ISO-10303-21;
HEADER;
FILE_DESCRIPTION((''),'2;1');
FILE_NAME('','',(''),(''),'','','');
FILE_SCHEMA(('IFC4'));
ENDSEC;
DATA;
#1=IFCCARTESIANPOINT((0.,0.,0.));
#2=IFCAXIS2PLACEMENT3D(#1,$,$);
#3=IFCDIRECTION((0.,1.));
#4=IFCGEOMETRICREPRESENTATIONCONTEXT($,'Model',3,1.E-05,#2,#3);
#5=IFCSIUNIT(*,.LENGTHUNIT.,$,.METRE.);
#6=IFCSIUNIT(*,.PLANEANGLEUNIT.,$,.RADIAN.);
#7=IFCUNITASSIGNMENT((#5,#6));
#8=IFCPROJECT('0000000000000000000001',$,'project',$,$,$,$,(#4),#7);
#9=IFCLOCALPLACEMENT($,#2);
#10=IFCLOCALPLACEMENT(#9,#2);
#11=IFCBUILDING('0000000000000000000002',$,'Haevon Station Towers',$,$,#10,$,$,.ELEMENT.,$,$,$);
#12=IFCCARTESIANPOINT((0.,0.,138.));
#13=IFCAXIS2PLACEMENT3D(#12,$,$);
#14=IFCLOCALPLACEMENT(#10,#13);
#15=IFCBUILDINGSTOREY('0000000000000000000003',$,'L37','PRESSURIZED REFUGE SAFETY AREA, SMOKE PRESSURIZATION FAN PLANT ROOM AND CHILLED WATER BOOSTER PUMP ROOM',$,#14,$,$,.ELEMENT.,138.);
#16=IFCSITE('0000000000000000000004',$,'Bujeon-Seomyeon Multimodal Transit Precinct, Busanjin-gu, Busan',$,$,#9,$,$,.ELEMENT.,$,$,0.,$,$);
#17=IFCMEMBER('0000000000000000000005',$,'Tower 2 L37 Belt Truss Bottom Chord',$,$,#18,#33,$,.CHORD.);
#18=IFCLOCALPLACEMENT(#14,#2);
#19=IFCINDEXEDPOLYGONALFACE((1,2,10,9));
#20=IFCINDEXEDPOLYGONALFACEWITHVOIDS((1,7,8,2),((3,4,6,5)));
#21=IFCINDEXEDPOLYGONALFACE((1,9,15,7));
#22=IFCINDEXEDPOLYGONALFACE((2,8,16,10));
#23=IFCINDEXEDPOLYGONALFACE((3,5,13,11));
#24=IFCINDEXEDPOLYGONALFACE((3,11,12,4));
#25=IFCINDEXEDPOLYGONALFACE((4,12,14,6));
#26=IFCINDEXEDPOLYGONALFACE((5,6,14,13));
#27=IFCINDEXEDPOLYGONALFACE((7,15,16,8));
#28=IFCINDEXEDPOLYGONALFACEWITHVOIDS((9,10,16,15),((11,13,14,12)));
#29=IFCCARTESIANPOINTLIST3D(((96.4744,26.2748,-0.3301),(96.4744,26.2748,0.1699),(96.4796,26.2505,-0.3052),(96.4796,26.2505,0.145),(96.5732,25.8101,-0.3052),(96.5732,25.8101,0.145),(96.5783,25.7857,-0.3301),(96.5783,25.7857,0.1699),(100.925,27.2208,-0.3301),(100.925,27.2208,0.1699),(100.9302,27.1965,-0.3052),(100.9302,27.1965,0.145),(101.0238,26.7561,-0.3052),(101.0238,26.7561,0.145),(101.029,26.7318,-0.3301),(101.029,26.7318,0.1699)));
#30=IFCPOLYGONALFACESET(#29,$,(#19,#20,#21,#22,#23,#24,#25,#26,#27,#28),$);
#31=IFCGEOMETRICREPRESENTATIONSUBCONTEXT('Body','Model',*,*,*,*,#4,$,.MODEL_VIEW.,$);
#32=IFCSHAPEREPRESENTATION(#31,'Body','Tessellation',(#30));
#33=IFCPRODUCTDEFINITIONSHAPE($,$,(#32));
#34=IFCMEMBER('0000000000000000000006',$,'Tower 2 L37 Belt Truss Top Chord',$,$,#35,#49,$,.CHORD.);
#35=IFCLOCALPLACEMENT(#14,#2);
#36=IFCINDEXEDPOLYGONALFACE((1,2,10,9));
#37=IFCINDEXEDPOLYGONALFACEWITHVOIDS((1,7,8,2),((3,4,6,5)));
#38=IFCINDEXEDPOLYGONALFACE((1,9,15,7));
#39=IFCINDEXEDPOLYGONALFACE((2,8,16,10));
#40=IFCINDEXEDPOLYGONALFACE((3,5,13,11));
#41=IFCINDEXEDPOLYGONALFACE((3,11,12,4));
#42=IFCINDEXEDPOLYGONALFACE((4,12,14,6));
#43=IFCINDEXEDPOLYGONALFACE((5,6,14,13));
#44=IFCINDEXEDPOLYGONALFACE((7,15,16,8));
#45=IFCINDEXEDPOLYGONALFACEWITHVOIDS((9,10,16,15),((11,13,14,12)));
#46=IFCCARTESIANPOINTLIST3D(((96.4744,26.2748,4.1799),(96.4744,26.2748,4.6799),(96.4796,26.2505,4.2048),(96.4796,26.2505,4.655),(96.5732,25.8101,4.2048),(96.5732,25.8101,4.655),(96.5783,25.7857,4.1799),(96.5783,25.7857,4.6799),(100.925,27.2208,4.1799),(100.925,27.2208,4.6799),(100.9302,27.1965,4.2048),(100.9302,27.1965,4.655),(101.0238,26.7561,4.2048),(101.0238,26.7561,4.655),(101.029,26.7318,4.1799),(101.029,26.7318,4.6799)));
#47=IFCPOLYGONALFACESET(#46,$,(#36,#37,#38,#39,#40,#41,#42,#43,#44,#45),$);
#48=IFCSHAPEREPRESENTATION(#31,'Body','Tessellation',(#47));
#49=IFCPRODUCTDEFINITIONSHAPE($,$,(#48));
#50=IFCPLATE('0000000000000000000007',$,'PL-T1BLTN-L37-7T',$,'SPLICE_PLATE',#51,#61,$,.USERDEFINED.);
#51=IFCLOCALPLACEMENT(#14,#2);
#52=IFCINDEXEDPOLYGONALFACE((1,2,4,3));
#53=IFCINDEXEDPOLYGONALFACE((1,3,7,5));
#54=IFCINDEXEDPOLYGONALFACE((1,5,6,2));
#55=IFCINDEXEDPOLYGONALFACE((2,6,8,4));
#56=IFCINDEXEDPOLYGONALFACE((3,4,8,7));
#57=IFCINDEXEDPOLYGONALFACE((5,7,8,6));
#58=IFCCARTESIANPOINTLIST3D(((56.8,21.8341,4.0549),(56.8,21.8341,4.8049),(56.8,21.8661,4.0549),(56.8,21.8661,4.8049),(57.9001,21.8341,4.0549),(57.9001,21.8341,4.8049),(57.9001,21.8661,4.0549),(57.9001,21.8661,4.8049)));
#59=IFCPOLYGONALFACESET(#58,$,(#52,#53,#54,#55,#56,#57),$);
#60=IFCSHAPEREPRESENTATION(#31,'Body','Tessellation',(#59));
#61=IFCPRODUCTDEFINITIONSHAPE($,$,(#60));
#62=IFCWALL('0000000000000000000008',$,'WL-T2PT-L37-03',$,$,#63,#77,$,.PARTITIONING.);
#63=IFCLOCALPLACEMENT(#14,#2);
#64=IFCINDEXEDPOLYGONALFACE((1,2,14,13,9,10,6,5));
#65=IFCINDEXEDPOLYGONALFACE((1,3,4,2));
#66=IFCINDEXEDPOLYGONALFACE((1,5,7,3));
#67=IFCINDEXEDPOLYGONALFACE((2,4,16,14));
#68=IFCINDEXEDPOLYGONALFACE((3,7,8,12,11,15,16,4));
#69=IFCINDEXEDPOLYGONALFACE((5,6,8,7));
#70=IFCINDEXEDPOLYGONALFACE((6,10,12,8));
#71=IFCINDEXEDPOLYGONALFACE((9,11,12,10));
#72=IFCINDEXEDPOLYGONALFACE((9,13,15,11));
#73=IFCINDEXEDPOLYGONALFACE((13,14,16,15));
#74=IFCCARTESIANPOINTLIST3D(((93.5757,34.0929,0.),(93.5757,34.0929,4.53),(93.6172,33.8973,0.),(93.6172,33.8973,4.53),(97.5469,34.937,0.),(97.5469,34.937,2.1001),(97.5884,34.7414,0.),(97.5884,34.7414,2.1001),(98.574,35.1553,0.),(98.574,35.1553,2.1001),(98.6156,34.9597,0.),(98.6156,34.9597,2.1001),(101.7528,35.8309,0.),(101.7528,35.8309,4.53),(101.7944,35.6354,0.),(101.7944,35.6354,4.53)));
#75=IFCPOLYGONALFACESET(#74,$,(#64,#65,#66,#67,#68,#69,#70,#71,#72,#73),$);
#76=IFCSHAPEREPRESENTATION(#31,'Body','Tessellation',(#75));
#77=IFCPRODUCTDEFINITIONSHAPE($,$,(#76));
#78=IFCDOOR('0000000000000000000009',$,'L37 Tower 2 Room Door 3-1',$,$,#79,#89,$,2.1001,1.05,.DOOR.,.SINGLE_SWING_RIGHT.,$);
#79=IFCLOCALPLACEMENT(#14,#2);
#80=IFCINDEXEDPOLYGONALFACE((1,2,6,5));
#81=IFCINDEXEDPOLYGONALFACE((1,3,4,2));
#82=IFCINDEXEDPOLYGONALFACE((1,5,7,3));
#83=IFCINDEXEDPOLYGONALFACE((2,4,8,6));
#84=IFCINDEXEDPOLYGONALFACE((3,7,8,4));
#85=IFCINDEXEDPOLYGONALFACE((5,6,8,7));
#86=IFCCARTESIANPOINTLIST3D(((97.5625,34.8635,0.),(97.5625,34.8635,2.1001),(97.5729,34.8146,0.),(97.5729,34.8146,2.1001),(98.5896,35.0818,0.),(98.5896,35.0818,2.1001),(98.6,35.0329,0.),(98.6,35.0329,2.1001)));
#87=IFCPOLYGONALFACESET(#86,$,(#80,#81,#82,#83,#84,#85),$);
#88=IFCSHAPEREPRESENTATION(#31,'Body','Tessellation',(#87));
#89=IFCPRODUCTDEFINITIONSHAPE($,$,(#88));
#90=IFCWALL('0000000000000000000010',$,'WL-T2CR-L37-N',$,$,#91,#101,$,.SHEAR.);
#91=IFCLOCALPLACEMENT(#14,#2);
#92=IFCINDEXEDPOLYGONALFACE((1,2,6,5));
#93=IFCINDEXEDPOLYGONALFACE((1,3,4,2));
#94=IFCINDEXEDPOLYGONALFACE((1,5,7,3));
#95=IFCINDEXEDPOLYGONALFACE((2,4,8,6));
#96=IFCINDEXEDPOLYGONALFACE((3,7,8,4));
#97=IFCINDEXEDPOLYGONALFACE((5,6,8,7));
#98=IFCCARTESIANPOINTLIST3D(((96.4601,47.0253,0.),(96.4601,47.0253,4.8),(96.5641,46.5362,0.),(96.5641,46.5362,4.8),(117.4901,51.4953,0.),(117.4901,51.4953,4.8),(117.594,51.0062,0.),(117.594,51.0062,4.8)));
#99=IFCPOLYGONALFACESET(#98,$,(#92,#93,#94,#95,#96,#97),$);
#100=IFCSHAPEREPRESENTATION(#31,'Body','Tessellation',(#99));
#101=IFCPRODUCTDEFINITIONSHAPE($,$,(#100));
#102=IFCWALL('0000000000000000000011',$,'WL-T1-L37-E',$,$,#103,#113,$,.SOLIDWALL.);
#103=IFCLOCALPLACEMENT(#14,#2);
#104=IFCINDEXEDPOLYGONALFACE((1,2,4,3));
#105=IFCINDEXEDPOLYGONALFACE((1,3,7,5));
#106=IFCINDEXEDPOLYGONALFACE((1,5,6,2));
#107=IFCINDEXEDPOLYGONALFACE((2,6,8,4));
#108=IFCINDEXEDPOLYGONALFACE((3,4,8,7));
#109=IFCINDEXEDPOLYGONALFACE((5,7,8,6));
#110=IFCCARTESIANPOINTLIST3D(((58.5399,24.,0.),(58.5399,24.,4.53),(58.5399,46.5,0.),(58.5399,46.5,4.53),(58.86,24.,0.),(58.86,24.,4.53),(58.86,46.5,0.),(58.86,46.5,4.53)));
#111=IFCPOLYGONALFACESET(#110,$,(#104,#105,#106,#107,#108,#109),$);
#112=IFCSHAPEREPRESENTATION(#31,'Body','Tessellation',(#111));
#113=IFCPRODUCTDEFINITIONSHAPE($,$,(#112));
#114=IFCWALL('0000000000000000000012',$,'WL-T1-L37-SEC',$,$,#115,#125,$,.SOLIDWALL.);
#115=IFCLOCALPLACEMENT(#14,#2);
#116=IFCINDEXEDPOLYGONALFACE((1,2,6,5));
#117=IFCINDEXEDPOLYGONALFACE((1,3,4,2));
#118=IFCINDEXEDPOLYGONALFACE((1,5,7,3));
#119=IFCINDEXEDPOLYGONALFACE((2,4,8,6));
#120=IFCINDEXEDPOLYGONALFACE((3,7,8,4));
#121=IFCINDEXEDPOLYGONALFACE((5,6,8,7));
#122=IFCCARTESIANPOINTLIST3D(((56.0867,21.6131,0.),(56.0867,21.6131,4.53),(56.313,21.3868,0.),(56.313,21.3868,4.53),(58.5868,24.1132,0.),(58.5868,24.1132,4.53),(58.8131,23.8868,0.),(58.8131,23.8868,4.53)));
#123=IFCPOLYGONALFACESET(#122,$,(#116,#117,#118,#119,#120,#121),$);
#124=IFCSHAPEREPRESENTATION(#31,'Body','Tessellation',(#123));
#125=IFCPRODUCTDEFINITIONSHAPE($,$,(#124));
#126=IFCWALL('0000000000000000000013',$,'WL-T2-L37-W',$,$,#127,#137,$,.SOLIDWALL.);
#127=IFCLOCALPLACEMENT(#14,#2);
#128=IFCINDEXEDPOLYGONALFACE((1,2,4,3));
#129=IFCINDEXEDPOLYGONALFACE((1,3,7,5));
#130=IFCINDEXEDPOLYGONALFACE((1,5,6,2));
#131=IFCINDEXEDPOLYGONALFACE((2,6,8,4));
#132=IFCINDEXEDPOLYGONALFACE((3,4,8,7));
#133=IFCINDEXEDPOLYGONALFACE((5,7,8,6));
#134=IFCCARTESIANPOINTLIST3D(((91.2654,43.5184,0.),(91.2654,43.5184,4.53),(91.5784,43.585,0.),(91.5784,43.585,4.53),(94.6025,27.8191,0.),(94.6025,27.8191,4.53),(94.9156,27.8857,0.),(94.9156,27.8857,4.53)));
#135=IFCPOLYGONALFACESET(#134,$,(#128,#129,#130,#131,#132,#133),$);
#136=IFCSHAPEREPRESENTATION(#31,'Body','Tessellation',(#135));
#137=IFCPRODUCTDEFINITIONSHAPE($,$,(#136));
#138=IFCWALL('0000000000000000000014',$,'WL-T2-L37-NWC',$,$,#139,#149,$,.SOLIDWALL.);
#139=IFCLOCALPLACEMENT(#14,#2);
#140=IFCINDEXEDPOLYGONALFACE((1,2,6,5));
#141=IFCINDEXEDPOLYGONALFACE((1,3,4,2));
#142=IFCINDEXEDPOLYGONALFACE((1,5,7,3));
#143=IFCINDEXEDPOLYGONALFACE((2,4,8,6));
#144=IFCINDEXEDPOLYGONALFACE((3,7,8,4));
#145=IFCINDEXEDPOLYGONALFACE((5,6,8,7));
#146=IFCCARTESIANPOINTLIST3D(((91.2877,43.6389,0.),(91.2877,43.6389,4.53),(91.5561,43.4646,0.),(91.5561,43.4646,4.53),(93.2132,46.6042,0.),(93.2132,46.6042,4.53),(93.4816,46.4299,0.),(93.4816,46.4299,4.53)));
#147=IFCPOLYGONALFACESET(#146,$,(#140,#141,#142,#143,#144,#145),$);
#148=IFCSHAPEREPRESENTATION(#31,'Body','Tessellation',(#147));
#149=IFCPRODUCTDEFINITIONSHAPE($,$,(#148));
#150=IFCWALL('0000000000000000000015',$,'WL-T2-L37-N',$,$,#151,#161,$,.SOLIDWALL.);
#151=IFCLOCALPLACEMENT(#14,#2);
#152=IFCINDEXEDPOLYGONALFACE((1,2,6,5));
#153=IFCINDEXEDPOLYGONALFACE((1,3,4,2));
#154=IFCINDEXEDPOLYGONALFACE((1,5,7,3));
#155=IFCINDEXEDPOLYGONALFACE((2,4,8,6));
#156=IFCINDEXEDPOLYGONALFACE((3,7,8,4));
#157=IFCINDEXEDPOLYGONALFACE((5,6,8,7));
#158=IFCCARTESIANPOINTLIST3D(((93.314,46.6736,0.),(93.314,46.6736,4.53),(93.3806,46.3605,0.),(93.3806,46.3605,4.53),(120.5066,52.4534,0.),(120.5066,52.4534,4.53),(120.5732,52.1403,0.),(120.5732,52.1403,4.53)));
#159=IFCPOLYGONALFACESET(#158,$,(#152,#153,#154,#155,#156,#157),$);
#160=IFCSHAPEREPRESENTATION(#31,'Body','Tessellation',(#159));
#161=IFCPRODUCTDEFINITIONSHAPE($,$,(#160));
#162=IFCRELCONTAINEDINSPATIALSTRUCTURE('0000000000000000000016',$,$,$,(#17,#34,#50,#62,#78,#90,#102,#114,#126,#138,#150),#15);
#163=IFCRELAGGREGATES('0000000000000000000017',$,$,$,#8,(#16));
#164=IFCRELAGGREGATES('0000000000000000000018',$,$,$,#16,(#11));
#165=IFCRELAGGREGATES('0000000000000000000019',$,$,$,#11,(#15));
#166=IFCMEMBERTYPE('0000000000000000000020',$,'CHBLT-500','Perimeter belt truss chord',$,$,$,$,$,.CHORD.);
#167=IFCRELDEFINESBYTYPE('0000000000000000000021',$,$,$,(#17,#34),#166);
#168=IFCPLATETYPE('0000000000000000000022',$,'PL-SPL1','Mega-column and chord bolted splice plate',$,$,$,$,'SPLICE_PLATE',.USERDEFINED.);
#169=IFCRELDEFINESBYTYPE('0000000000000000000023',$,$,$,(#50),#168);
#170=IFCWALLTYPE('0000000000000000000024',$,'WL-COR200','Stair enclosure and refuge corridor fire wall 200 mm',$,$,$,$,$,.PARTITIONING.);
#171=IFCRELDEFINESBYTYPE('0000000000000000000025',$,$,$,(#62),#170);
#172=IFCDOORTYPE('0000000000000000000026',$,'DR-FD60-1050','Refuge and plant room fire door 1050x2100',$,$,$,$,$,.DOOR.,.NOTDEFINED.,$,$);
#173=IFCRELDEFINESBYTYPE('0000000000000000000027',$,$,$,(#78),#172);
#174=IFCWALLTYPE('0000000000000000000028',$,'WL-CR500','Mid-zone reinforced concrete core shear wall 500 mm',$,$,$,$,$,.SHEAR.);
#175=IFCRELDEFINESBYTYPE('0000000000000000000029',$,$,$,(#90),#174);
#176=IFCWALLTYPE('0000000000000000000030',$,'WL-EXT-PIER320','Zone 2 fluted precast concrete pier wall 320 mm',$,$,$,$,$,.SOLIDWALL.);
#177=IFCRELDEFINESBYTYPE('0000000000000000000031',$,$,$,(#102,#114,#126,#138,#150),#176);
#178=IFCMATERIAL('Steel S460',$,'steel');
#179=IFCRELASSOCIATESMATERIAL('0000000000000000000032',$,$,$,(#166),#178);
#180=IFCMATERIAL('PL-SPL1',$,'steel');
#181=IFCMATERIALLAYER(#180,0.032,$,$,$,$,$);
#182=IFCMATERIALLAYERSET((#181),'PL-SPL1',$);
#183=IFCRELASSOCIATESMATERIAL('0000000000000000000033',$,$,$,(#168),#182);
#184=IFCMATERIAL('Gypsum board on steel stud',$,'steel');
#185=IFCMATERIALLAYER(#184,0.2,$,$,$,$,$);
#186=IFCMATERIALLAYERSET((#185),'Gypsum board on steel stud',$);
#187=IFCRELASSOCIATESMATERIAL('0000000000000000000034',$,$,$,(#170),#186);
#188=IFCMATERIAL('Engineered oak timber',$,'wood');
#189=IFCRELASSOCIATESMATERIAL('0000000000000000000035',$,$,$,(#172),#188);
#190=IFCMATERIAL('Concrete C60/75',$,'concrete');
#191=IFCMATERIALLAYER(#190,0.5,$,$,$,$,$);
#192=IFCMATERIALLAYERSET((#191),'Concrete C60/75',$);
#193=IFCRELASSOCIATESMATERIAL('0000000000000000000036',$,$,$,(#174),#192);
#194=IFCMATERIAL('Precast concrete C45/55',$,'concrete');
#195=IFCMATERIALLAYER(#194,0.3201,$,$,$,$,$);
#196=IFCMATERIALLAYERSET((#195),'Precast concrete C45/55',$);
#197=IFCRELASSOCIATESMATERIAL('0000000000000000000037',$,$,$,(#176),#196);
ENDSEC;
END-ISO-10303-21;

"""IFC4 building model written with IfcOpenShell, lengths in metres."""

from ifc_helpers import new_model, si_unit, direction, frame, frame_2d, origin, origin_2d, place, context, subcontext, project, spatial, rectangle, hollow_rectangle, extrude, material, layer, layer_set, material_profile, profile_set, type_object, element, fill, save


model = new_model("IFC4")

# Units and contexts
model_context = context("Model", 3, precision=1e-05, world=origin(), true_north=direction((0.0, 1.0)))
body_context = subcontext(model_context, "Body", "Model", "MODEL_VIEW")
ifc_project = project(units=[si_unit("LENGTHUNIT", "METRE"), si_unit("PLANEANGLEUNIT", "RADIAN")], contexts=[model_context])

# Site, building, storey
site_placement = place(None, origin())
site = spatial("IfcSite", under=ifc_project, at=site_placement, Name="Bujeon-Seomyeon Multimodal Transit Precinct, Busanjin-gu, Busan", CompositionType="ELEMENT", RefElevation=0.0)
building_placement = place(site_placement, origin())
building = spatial("IfcBuilding", under=site, at=building_placement, Name="Haevon Station Towers", CompositionType="ELEMENT")
storey_placement = place(building_placement, frame((0.0, 0.0, 138.0)))
storey = spatial("IfcBuildingStorey", under=building, at=storey_placement, Name="L37", Description="PRESSURIZED REFUGE SAFETY AREA, SMOKE PRESSURIZATION FAN PLANT ROOM AND CHILLED WATER BOOSTER PUMP ROOM", CompositionType="ELEMENT", Elevation=138.0)

# Shared definitions
ifc_material_1 = material(Name="Steel S460", Category="steel")

# Members
ifc_material_profile_1 = material_profile(ifc_material_1, hollow_rectangle(XDim=0.5, YDim=0.5, WallThickness=0.0249, at=origin_2d()), Name="RHS-500x500x25")
ifc_profile_set_1 = profile_set([ifc_material_profile_1], Name="Steel S460")
member_type_1 = type_object("IfcMemberType", Name="CHBLT-500", Description="Perimeter belt truss chord", PredefinedType="CHORD", material=ifc_profile_set_1)
for number, where, z_axis, x_axis, name in (
    (1, (96.5264, 26.0303, -0.0801), (0.978147, 0.207917, 0.0), (-0.207917, 0.978147, 0.0), "Tower 2 L37 Belt Truss Bottom Chord"),
    (2, (96.5264, 26.0303, 4.4299), (0.978147, 0.207917, 0.0), (-0.207917, 0.978147, 0.0), "Tower 2 L37 Belt Truss Top Chord"),
):
    element("IfcMember", number, at=place(storey_placement, frame(where, z_axis=z_axis, x_axis=x_axis)), inside=storey, type_object=member_type_1, Name=name, PredefinedType="CHORD", context=body_context, shape_type="SweptSolid", body=[
        extrude(hollow_rectangle(XDim=0.5, YDim=0.5, WallThickness=0.0249, at=origin_2d()), origin(), (0.0, 0.0, 1.0), 4.55),
    ])

# Plate
ifc_material_2 = material(Name="PL-SPL1", Category="steel")
ifc_layer_1 = layer(ifc_material_2, 0.032)
ifc_layer_set_1 = layer_set([ifc_layer_1], Name="PL-SPL1")
plate_type = type_object("IfcPlateType", Name="PL-SPL1", Description="Mega-column and chord bolted splice plate", ElementType="SPLICE_PLATE", PredefinedType="USERDEFINED", material=ifc_layer_set_1)
plate_placement = place(storey_placement, frame((57.3501, 21.8501, 4.0549), z_axis=(0.0, 0.0, 1.0), x_axis=(1.0, 0.0, 0.0)))
element("IfcPlate", 3, at=plate_placement, inside=storey, type_object=plate_type, Name="PL-T1BLTN-L37-7T", ObjectType="SPLICE_PLATE", PredefinedType="USERDEFINED", context=body_context, shape_type="SweptSolid", body=[
    extrude(rectangle(XDim=1.1001, YDim=0.032, at=origin_2d()), origin(), (0.0, 0.0, 1.0), 0.75),
])

# Wall, opening, door
ifc_material_3 = material(Name="Gypsum board on steel stud", Category="steel")
ifc_layer_2 = layer(ifc_material_3, 0.2)
ifc_layer_set_2 = layer_set([ifc_layer_2], Name="Gypsum board on steel stud")
wall_type_1 = type_object("IfcWallType", Name="WL-COR200", Description="Stair enclosure and refuge corridor fire wall 200 mm", PredefinedType="PARTITIONING", material=ifc_layer_set_2)
wall_1_placement = place(storey_placement, frame((93.5964, 33.9951, 0.0), z_axis=(0.0, 0.0, 1.0), x_axis=(0.97815, 0.207901, 0.0)))
wall_1 = element("IfcWall", 4, at=wall_1_placement, inside=storey, type_object=wall_type_1, Name="WL-T2PT-L37-03", PredefinedType="PARTITIONING", context=body_context, shape_type="SweptSolid", body=[
    extrude(rectangle(XDim=8.3599, YDim=0.2, at=frame_2d((4.1799, 0.0))), origin(), (0.0, 0.0, 1.0), 4.53),
])
opening_1_placement = place(wall_1_placement, frame((4.0601, 0.0, 0.0)))
opening_1 = element("IfcOpeningElement", 5, at=opening_1_placement, cuts=wall_1, PredefinedType="OPENING", context=body_context, shape_type="SweptSolid", body=[
    extrude(rectangle(XDim=1.05, YDim=2.1001, at=frame_2d((0.5249, 1.05))), frame((0.0, 0.1099, 0.0), z_axis=(0.0, -1.0, 0.0), x_axis=(1.0, 0.0, 0.0)), (0.0, 0.0, 1.0), 0.22),
])
ifc_material_4 = material(Name="Engineered oak timber", Category="wood")
door_type = type_object("IfcDoorType", Name="DR-FD60-1050", Description="Refuge and plant room fire door 1050x2100", OperationType="NOTDEFINED", PredefinedType="DOOR", material=ifc_material_4)
door_1_placement = place(opening_1_placement, origin())
door_1 = element("IfcDoor", 6, at=door_1_placement, inside=storey, type_object=door_type, Name="L37 Tower 2 Room Door 3-1", OperationType="SINGLE_SWING_RIGHT", OverallHeight=2.1001, OverallWidth=1.05, PredefinedType="DOOR", context=body_context, shape_type="SweptSolid", body=[
    extrude(rectangle(XDim=1.05, YDim=2.1001, at=frame_2d((0.5249, 1.05))), frame((0.0, 0.0249, 0.0), z_axis=(0.0, -1.0, 0.0), x_axis=(1.0, 0.0, 0.0)), (0.0, 0.0, 1.0), 0.05),
])
fill(opening_1, door_1)

# Walls
ifc_material_5 = material(Name="Concrete C60/75", Category="concrete")
ifc_layer_3 = layer(ifc_material_5, 0.5)
ifc_layer_set_3 = layer_set([ifc_layer_3], Name="Concrete C60/75")
wall_type_2 = type_object("IfcWallType", Name="WL-CR500", Description="Mid-zone reinforced concrete core shear wall 500 mm", PredefinedType="SHEAR", material=ifc_layer_set_3)
wall_2_placement = place(storey_placement, frame((96.512, 46.7808, 0.0), z_axis=(0.0, 0.0, 1.0), x_axis=(0.978149, 0.207907, 0.0)))
element("IfcWall", 7, at=wall_2_placement, inside=storey, type_object=wall_type_2, Name="WL-T2CR-L37-N", PredefinedType="SHEAR", context=body_context, shape_type="SweptSolid", body=[
    extrude(rectangle(XDim=21.4998, YDim=0.5, at=frame_2d((10.75, 0.0))), origin(), (0.0, 0.0, 1.0), 4.8),
])
ifc_material_6 = material(Name="Precast concrete C45/55", Category="concrete")
ifc_layer_4 = layer(ifc_material_6, 0.3201)
ifc_layer_set_4 = layer_set([ifc_layer_4], Name="Precast concrete C45/55")
wall_type_3 = type_object("IfcWallType", Name="WL-EXT-PIER320", Description="Zone 2 fluted precast concrete pier wall 320 mm", PredefinedType="SOLIDWALL", material=ifc_layer_set_4)
wall_3_placement = place(storey_placement, frame((58.7, 46.5, 0.0), z_axis=(0.0, 0.0, 1.0), x_axis=(0.0, -1.0, 0.0)))
element("IfcWall", 8, at=wall_3_placement, inside=storey, type_object=wall_type_3, Name="WL-T1-L37-E", PredefinedType="SOLIDWALL", context=body_context, shape_type="SweptSolid", body=[
    extrude(rectangle(XDim=22.5, YDim=0.3201, at=frame_2d((11.25, 0.0))), origin(), (0.0, 0.0, 1.0), 4.53),
])
wall_4_placement = place(storey_placement, frame((58.7, 24.0, 0.0), z_axis=(0.0, 0.0, 1.0), x_axis=(-0.707107, -0.707107, 0.0)))
element("IfcWall", 9, at=wall_4_placement, inside=storey, type_object=wall_type_3, Name="WL-T1-L37-SEC", PredefinedType="SOLIDWALL", context=body_context, shape_type="SweptSolid", body=[
    extrude(rectangle(XDim=3.5356, YDim=0.3201, at=frame_2d((1.7678, 0.0))), origin(), (0.0, 0.0, 1.0), 4.53),
])
wall_5_placement = place(storey_placement, frame((94.759, 27.8525, 0.0), z_axis=(0.0, 0.0, 1.0), x_axis=(-0.207923, 0.978145, 0.0)))
element("IfcWall", 10, at=wall_5_placement, inside=storey, type_object=wall_type_3, Name="WL-T2-L37-W", PredefinedType="SOLIDWALL", context=body_context, shape_type="SweptSolid", body=[
    extrude(rectangle(XDim=16.05, YDim=0.3201, at=frame_2d((8.0249, 0.0))), origin(), (0.0, 0.0, 1.0), 4.53),
])
wall_6_placement = place(storey_placement, frame((91.4219, 43.5518, 0.0), z_axis=(0.0, 0.0, 1.0), x_axis=(0.544605, 0.838693, 0.0)))
element("IfcWall", 11, at=wall_6_placement, inside=storey, type_object=wall_type_3, Name="WL-T2-L37-NWC", PredefinedType="SOLIDWALL", context=body_context, shape_type="SweptSolid", body=[
    extrude(rectangle(XDim=3.5356, YDim=0.3201, at=frame_2d((1.7678, 0.0))), origin(), (0.0, 0.0, 1.0), 4.53),
])
wall_7_placement = place(storey_placement, frame((93.3474, 46.5171, 0.0), z_axis=(0.0, 0.0, 1.0), x_axis=(0.978149, 0.207905, 0.0)))
element("IfcWall", 12, at=wall_7_placement, inside=storey, type_object=wall_type_3, Name="WL-T2-L37-N", PredefinedType="SOLIDWALL", context=body_context, shape_type="SweptSolid", body=[
    extrude(rectangle(XDim=27.8, YDim=0.3201, at=frame_2d((13.8999, 0.0))), origin(), (0.0, 0.0, 1.0), 4.53),
])

save(model, "model.ifc")
